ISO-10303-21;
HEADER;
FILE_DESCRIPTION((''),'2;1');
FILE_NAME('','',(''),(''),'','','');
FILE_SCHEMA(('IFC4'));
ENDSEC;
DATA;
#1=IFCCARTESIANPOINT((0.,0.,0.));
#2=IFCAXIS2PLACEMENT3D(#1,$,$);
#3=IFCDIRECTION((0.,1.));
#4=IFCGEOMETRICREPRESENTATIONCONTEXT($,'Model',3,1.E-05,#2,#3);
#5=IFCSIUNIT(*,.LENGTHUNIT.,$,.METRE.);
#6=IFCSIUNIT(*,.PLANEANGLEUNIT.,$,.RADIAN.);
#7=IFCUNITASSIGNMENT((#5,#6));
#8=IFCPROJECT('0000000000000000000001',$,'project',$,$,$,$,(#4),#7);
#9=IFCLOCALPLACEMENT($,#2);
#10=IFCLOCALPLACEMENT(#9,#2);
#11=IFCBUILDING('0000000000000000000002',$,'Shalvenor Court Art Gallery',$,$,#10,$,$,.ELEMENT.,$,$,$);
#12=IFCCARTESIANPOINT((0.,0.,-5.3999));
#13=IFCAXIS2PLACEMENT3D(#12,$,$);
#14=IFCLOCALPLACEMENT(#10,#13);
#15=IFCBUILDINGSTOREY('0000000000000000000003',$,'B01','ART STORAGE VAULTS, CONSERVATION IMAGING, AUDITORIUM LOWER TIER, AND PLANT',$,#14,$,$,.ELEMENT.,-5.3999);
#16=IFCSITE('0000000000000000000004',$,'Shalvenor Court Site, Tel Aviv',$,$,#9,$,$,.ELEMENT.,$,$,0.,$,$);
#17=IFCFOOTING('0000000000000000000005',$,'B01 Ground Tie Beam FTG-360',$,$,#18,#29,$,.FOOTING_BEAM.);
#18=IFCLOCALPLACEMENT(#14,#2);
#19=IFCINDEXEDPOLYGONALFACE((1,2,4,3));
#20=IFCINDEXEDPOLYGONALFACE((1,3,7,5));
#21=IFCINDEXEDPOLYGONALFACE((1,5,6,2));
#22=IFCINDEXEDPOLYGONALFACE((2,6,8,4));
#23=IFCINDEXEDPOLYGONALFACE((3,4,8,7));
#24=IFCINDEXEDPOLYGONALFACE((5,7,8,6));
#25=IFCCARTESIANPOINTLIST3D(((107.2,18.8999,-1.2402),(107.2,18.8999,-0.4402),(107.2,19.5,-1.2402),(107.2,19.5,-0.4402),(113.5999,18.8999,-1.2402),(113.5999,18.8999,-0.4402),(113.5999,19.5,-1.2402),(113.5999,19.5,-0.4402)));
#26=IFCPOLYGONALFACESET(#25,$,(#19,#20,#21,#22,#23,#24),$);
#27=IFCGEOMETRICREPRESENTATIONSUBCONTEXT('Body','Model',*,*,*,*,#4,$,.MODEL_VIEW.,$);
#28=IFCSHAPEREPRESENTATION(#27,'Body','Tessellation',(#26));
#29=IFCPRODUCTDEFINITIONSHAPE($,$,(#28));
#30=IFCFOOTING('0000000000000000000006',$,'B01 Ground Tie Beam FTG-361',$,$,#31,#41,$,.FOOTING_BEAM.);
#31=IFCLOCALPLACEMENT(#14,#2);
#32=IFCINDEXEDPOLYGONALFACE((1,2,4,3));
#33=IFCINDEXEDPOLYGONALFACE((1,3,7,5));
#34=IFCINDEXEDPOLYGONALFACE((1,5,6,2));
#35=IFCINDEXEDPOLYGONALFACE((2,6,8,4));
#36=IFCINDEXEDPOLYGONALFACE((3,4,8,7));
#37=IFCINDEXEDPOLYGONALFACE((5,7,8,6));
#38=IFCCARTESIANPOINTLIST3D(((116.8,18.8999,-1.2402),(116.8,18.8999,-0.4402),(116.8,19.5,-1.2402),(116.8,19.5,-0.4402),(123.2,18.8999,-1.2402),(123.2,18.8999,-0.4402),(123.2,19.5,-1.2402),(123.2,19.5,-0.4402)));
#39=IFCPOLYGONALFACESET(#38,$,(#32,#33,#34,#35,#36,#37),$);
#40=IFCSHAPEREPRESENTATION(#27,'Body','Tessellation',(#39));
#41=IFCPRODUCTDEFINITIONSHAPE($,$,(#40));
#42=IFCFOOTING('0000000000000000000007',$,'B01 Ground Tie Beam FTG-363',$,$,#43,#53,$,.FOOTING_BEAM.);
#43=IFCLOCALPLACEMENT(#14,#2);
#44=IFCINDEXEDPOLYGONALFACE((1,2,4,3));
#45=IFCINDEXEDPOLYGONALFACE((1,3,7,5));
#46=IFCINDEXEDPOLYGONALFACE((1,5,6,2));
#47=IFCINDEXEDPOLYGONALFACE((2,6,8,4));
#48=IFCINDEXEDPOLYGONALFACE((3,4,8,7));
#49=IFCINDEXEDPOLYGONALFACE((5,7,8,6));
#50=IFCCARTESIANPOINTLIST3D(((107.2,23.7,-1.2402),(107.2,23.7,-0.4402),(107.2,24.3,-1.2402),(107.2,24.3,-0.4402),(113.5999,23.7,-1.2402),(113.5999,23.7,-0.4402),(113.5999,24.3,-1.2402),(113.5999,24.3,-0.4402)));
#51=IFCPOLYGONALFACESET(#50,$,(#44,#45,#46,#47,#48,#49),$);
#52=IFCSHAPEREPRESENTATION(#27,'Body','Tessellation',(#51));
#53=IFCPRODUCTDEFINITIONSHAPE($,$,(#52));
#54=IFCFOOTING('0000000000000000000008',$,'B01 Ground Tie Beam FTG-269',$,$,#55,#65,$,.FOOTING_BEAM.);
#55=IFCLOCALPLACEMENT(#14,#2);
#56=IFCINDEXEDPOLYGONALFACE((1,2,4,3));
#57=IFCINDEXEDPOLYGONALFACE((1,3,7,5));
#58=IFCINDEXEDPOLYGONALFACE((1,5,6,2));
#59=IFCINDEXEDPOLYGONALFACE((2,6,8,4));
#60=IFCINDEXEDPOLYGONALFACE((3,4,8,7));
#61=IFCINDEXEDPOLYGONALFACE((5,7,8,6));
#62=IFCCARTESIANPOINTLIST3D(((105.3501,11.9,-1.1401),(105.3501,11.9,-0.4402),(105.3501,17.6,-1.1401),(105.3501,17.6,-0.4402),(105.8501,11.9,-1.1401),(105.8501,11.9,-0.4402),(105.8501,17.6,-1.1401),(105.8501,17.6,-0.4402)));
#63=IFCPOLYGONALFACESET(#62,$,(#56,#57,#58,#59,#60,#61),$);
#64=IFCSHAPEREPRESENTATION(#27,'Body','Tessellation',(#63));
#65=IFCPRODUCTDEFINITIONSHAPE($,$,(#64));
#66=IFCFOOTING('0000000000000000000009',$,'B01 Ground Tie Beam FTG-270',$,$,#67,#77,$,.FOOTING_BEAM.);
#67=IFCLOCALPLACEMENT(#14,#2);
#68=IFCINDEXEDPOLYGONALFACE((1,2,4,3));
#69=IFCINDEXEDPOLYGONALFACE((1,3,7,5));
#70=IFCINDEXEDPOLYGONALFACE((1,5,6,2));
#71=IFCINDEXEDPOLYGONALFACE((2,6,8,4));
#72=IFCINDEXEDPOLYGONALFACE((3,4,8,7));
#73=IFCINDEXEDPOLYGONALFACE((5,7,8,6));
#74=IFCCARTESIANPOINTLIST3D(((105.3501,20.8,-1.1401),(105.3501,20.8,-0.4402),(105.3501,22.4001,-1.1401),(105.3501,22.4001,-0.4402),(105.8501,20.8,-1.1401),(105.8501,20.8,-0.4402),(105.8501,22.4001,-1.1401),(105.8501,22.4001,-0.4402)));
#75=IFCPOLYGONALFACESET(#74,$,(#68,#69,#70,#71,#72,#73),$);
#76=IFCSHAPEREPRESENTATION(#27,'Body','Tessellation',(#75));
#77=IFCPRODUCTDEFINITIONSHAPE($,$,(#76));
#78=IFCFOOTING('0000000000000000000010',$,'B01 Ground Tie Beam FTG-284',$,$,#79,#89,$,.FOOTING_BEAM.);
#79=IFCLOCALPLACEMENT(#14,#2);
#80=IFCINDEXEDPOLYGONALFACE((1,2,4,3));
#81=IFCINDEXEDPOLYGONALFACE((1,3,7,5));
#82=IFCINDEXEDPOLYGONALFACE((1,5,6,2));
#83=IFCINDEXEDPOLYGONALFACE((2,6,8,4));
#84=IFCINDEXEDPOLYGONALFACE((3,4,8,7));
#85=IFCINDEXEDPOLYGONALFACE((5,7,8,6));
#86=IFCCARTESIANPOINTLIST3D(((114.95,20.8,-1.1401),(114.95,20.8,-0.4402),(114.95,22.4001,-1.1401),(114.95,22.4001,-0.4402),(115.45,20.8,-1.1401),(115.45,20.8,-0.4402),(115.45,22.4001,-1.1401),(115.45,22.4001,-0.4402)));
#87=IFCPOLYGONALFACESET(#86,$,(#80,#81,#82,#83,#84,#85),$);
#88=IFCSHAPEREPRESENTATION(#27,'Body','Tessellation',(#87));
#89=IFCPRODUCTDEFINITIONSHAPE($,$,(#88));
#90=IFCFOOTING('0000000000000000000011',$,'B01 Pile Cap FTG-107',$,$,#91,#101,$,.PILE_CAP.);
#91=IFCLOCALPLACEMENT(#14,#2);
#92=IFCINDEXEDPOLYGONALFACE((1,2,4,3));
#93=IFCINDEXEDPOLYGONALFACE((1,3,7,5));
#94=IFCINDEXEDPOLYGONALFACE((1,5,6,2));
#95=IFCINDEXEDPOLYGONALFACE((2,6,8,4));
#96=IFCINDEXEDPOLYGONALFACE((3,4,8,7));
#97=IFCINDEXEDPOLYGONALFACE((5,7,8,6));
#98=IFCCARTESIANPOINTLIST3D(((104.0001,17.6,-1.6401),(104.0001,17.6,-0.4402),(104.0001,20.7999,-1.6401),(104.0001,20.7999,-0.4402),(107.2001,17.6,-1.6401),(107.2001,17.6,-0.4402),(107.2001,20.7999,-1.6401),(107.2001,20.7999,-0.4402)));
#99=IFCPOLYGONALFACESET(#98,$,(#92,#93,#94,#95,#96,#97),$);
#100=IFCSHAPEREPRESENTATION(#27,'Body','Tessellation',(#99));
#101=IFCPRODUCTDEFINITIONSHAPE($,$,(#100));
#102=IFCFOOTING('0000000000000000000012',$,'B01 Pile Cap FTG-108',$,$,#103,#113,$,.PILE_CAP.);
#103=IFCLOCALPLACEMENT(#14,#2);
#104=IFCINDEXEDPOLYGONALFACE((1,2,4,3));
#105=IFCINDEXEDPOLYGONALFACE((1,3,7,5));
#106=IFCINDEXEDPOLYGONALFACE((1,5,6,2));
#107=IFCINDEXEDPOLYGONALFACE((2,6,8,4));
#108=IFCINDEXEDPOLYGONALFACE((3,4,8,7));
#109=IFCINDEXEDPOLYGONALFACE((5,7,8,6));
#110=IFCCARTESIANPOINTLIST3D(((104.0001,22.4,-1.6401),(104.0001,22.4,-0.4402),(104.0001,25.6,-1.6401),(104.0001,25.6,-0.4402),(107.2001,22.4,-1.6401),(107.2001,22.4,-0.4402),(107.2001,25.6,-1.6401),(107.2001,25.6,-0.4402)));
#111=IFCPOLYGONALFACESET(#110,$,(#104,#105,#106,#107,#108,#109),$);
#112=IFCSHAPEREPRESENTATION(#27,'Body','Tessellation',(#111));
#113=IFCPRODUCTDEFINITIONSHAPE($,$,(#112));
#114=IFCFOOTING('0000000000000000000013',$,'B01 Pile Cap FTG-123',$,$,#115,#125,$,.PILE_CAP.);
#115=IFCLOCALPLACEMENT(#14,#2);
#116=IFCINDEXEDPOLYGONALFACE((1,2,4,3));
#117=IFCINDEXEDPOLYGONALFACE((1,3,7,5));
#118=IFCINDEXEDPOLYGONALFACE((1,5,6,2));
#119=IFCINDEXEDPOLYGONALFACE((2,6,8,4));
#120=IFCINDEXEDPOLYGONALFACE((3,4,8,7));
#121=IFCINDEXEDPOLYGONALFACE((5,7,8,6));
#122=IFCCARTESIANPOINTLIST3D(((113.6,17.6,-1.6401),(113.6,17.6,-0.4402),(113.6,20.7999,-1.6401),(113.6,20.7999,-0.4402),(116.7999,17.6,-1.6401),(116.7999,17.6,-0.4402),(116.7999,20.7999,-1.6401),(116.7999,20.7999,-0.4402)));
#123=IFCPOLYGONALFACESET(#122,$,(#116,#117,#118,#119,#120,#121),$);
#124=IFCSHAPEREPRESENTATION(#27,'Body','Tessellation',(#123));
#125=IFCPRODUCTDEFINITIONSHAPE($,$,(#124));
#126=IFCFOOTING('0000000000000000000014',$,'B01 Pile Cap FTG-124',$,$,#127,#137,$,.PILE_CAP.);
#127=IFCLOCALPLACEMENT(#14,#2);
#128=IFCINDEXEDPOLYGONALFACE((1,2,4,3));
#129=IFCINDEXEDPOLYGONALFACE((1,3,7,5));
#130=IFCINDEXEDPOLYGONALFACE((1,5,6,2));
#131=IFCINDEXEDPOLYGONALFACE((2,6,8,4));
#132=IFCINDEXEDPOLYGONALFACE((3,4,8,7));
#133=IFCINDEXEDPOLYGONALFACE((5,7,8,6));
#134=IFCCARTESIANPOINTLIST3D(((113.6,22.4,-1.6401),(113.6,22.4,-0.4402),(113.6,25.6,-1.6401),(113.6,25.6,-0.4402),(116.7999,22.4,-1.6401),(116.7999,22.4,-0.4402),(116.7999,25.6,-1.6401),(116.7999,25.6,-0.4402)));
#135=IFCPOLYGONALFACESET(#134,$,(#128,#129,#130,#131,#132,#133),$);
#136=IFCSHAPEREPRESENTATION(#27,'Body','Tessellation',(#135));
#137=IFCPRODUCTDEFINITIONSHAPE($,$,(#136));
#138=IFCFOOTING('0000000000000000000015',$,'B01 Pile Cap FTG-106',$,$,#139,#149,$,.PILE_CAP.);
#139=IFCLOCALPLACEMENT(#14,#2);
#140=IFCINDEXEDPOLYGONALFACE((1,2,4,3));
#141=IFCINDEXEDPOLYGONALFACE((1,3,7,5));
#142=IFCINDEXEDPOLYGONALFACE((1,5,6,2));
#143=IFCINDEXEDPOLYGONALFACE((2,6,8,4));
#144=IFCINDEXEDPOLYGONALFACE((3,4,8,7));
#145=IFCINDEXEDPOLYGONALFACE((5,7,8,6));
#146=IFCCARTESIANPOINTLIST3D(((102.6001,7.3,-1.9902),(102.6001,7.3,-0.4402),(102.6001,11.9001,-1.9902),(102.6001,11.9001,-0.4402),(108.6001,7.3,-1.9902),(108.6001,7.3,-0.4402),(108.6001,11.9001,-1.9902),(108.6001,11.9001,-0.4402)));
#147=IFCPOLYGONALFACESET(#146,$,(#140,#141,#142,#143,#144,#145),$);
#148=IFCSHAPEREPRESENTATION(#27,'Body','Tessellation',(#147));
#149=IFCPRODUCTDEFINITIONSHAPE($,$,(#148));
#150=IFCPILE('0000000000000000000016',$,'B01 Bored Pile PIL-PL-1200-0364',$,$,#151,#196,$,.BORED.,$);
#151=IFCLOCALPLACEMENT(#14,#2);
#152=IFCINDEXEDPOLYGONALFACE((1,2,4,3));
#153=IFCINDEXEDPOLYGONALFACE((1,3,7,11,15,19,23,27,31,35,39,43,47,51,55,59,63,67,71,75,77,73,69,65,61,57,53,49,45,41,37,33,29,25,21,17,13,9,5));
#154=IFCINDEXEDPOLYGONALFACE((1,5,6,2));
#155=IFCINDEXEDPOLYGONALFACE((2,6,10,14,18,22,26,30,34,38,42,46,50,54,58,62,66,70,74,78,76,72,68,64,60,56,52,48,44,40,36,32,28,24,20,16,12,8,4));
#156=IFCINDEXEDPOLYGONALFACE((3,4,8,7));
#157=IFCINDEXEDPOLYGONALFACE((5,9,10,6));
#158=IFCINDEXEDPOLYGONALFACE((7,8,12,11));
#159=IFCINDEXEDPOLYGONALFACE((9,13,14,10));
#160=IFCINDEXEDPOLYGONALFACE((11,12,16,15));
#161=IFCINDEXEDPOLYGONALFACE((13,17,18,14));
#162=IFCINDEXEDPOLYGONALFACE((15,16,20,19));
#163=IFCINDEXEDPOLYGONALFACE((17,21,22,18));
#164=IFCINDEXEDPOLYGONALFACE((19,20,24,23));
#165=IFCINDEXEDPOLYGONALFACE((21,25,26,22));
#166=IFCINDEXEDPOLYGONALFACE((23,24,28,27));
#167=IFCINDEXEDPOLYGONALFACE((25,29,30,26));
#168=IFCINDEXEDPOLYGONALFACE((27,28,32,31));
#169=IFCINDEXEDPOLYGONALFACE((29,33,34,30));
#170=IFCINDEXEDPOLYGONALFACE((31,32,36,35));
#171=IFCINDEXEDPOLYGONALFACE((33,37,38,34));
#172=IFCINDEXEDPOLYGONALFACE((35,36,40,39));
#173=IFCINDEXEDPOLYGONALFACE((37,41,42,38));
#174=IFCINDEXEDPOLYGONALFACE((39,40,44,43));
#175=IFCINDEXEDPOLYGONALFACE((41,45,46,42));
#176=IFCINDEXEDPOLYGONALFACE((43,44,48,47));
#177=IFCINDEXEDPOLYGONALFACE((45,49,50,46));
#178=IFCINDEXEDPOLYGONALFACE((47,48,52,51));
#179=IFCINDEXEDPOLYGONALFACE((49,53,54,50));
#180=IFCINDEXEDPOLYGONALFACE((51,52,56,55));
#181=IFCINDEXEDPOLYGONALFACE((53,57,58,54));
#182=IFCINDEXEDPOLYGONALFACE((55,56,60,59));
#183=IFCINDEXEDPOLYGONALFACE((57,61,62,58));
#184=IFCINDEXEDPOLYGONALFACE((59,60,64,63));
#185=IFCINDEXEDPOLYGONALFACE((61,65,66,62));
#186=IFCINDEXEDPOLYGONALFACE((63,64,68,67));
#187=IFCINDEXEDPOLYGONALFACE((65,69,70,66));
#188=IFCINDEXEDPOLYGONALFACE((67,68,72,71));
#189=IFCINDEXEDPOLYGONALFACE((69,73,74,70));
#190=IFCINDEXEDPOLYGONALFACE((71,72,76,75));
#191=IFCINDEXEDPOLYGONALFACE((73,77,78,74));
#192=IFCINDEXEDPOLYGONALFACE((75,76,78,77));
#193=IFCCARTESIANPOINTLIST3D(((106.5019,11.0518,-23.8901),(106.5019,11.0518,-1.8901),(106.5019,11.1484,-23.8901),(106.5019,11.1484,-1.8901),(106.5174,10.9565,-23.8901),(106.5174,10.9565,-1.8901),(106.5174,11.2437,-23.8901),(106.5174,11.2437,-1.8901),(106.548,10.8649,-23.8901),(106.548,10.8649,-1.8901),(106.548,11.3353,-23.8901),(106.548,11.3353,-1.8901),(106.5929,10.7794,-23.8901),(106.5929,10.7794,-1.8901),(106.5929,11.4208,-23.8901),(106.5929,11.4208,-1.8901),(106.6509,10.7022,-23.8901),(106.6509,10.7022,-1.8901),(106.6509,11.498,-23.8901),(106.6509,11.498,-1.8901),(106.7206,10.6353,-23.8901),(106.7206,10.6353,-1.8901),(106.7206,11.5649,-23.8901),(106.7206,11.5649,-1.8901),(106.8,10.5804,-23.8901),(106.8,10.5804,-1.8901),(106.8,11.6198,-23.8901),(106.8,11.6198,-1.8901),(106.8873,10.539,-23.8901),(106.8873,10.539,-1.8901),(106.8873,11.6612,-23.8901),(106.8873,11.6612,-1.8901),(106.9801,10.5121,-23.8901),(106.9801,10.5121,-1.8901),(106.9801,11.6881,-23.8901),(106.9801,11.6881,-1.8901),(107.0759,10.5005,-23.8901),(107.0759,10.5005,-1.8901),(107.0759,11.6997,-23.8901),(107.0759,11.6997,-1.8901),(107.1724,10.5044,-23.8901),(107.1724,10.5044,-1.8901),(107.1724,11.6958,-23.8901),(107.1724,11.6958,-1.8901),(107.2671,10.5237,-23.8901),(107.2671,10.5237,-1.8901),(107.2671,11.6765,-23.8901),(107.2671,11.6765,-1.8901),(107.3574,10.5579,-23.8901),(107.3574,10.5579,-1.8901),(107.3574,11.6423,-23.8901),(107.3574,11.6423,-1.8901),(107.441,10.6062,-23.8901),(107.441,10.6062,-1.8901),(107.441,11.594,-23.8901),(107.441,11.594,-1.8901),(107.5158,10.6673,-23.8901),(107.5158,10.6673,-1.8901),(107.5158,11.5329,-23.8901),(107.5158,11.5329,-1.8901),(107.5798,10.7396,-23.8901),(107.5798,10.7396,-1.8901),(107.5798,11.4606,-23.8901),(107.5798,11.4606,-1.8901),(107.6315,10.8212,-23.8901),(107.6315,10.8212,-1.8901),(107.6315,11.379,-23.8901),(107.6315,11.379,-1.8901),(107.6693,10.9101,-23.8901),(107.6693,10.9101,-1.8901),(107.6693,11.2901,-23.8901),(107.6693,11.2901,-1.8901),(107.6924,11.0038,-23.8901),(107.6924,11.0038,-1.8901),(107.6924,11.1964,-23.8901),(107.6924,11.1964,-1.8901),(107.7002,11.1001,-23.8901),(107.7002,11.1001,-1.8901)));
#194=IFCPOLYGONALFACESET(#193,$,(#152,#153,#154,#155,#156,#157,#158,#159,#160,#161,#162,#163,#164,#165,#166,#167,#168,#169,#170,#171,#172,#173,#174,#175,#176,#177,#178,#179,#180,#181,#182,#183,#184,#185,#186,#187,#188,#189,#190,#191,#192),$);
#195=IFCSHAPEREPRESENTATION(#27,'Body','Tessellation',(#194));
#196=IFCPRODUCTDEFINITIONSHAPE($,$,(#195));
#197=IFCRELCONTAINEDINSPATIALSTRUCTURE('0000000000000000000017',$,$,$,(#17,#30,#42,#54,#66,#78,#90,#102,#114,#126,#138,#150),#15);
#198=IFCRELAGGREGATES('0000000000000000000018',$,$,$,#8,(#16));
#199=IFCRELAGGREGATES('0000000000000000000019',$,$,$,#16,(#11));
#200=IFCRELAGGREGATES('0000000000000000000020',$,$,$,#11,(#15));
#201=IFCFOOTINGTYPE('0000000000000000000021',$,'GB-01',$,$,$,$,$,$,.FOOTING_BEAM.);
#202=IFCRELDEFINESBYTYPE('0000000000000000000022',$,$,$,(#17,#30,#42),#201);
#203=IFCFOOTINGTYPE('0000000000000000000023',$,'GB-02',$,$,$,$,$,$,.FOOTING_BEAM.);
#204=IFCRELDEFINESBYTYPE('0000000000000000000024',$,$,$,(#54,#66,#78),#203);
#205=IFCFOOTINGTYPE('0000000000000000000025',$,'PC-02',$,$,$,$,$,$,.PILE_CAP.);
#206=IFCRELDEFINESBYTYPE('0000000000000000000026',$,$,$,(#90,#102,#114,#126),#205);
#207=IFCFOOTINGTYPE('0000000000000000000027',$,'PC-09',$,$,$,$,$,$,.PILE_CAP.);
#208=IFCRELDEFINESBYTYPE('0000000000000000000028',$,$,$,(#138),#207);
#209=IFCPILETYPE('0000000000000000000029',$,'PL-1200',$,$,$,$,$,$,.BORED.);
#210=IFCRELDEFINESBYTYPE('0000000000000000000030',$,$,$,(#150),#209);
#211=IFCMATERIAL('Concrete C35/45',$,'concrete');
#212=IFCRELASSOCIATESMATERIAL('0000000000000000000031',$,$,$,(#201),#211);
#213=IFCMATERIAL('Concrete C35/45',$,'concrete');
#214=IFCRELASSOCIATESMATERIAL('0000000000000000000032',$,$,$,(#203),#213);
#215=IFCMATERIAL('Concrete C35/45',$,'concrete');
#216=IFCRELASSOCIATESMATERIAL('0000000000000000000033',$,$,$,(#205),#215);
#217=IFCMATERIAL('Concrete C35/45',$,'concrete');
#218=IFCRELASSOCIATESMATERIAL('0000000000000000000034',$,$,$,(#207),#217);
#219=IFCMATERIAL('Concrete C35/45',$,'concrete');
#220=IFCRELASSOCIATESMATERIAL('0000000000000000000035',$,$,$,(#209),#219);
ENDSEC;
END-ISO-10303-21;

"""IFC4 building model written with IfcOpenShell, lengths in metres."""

from ifc_helpers import new_model, si_unit, direction, frame, origin, origin_2d, place, context, subcontext, project, spatial, rectangle, circle, extrude, material, material_profile, profile_set, type_object, element, save


model = new_model("IFC4")

# Units and contexts
model_context = context("Model", 3, precision=1e-05, world=origin(), true_north=direction((0.0, 1.0)))
body_context = subcontext(model_context, "Body", "Model", "MODEL_VIEW")
ifc_project = project(units=[si_unit("LENGTHUNIT", "METRE"), si_unit("PLANEANGLEUNIT", "RADIAN")], contexts=[model_context])

# Site, building, storey
site_placement = place(None, origin())
site = spatial("IfcSite", under=ifc_project, at=site_placement, Name="Shalvenor Court Site, Tel Aviv", CompositionType="ELEMENT", RefElevation=0.0)
building_placement = place(site_placement, origin())
building = spatial("IfcBuilding", under=site, at=building_placement, Name="Shalvenor Court Art Gallery", CompositionType="ELEMENT")
storey_placement = place(building_placement, frame((0.0, 0.0, -5.3999)))
storey = spatial("IfcBuildingStorey", under=building, at=storey_placement, Name="B01", Description="ART STORAGE VAULTS, CONSERVATION IMAGING, AUDITORIUM LOWER TIER, AND PLANT", CompositionType="ELEMENT", Elevation=-5.3999)

# Footings
ifc_material_1 = material(Name="Concrete C35/45", Category="concrete")
footing_type_1 = type_object("IfcFootingType", Name="GB-01", PredefinedType="FOOTING_BEAM", material=ifc_material_1)
for number, where, z_axis, x_axis, name in (
    (1, (110.3999, 19.2, -1.2402), (0.0, 0.0, 1.0), (1.0, 0.0, 0.0), "B01 Ground Tie Beam FTG-360"),
    (2, (120.0, 19.2, -1.2402), (0.0, 0.0, 1.0), (1.0, 0.0, 0.0), "B01 Ground Tie Beam FTG-361"),
    (3, (110.3999, 24.0, -1.2402), (0.0, 0.0, 1.0), (1.0, 0.0, 0.0), "B01 Ground Tie Beam FTG-363"),
):
    element("IfcFooting", number, at=place(storey_placement, frame(where, z_axis=z_axis, x_axis=x_axis)), inside=storey, type_object=footing_type_1, Name=name, PredefinedType="FOOTING_BEAM", context=body_context, shape_type="SweptSolid", body=[
        extrude(rectangle(XDim=6.3999, YDim=0.6001, at=origin_2d()), origin(), (0.0, 0.0, 1.0), 0.8),
    ])
ifc_material_2 = material(Name="Concrete C35/45", Category="concrete")
footing_type_2 = type_object("IfcFootingType", Name="GB-02", PredefinedType="FOOTING_BEAM", material=ifc_material_2)
footing_1_placement = place(storey_placement, frame((105.6001, 14.75, -1.1401), z_axis=(0.0, 0.0, 1.0), x_axis=(0.0, 1.0, 0.0)))
element("IfcFooting", 4, at=footing_1_placement, inside=storey, type_object=footing_type_2, Name="B01 Ground Tie Beam FTG-269", PredefinedType="FOOTING_BEAM", context=body_context, shape_type="SweptSolid", body=[
    extrude(rectangle(XDim=5.7, YDim=0.5, at=origin_2d()), origin(), (0.0, 0.0, 1.0), 0.7),
])
for number, where, z_axis, x_axis, name in (
    (5, (105.6001, 21.6001, -1.1401), (0.0, 0.0, 1.0), (0.0, 1.0, 0.0), "B01 Ground Tie Beam FTG-270"),
    (6, (115.2, 21.6001, -1.1401), (0.0, 0.0, 1.0), (0.0, 1.0, 0.0), "B01 Ground Tie Beam FTG-284"),
):
    element("IfcFooting", number, at=place(storey_placement, frame(where, z_axis=z_axis, x_axis=x_axis)), inside=storey, type_object=footing_type_2, Name=name, PredefinedType="FOOTING_BEAM", context=body_context, shape_type="SweptSolid", body=[
        extrude(rectangle(XDim=1.6001, YDim=0.5, at=origin_2d()), origin(), (0.0, 0.0, 1.0), 0.7),
    ])
ifc_material_3 = material(Name="Concrete C35/45", Category="concrete")
footing_type_3 = type_object("IfcFootingType", Name="PC-02", PredefinedType="PILE_CAP", material=ifc_material_3)
for number, where, z_axis, x_axis, name in (
    (7, (105.6001, 19.2, -1.6401), (0.0, 0.0, 1.0), (1.0, 0.0, 0.0), "B01 Pile Cap FTG-107"),
    (8, (105.6001, 24.0, -1.6401), (0.0, 0.0, 1.0), (1.0, 0.0, 0.0), "B01 Pile Cap FTG-108"),
    (9, (115.2, 19.2, -1.6401), (0.0, 0.0, 1.0), (1.0, 0.0, 0.0), "B01 Pile Cap FTG-123"),
    (10, (115.2, 24.0, -1.6401), (0.0, 0.0, 1.0), (1.0, 0.0, 0.0), "B01 Pile Cap FTG-124"),
):
    element("IfcFooting", number, at=place(storey_placement, frame(where, z_axis=z_axis, x_axis=x_axis)), inside=storey, type_object=footing_type_3, Name=name, PredefinedType="PILE_CAP", context=body_context, shape_type="SweptSolid", body=[
        extrude(rectangle(XDim=3.2, YDim=3.2, at=origin_2d()), origin(), (0.0, 0.0, 1.0), 1.2),
    ])
ifc_material_4 = material(Name="Concrete C35/45", Category="concrete")
footing_type_4 = type_object("IfcFootingType", Name="PC-09", PredefinedType="PILE_CAP", material=ifc_material_4)
footing_2_placement = place(storey_placement, frame((105.6001, 9.6001, -1.9902), z_axis=(0.0, 0.0, 1.0), x_axis=(1.0, 0.0, 0.0)))
element("IfcFooting", 11, at=footing_2_placement, inside=storey, type_object=footing_type_4, Name="B01 Pile Cap FTG-106", PredefinedType="PILE_CAP", context=body_context, shape_type="SweptSolid", body=[
    extrude(rectangle(XDim=6.0, YDim=4.6001, at=origin_2d()), origin(), (0.0, 0.0, 1.0), 1.55),
])

# Pile
ifc_material_5 = material(Name="Concrete C35/45", Category="concrete")
ifc_material_profile_1 = material_profile(ifc_material_5, circle(Radius=0.6001, at=origin_2d()), Name="PILE 1200")
ifc_profile_set_1 = profile_set([ifc_material_profile_1], Name="Concrete C35/45")
pile_type_1 = type_object("IfcPileType", Name="PL-1200", PredefinedType="BORED", material=ifc_profile_set_1)
pile_placement = place(storey_placement, frame((107.1001, 11.1001, -1.8901), z_axis=(0.0, 0.0, -1.0), x_axis=(1.0, 0.0, 0.0)))
element("IfcPile", 12, at=pile_placement, inside=storey, type_object=pile_type_1, Name="B01 Bored Pile PIL-PL-1200-0364", PredefinedType="BORED", context=body_context, shape_type="SweptSolid", body=[
    extrude(circle(Radius=0.6001, at=origin_2d()), origin(), (0.0, 0.0, 1.0), 22.0),
])

save(model, "model.ifc")
